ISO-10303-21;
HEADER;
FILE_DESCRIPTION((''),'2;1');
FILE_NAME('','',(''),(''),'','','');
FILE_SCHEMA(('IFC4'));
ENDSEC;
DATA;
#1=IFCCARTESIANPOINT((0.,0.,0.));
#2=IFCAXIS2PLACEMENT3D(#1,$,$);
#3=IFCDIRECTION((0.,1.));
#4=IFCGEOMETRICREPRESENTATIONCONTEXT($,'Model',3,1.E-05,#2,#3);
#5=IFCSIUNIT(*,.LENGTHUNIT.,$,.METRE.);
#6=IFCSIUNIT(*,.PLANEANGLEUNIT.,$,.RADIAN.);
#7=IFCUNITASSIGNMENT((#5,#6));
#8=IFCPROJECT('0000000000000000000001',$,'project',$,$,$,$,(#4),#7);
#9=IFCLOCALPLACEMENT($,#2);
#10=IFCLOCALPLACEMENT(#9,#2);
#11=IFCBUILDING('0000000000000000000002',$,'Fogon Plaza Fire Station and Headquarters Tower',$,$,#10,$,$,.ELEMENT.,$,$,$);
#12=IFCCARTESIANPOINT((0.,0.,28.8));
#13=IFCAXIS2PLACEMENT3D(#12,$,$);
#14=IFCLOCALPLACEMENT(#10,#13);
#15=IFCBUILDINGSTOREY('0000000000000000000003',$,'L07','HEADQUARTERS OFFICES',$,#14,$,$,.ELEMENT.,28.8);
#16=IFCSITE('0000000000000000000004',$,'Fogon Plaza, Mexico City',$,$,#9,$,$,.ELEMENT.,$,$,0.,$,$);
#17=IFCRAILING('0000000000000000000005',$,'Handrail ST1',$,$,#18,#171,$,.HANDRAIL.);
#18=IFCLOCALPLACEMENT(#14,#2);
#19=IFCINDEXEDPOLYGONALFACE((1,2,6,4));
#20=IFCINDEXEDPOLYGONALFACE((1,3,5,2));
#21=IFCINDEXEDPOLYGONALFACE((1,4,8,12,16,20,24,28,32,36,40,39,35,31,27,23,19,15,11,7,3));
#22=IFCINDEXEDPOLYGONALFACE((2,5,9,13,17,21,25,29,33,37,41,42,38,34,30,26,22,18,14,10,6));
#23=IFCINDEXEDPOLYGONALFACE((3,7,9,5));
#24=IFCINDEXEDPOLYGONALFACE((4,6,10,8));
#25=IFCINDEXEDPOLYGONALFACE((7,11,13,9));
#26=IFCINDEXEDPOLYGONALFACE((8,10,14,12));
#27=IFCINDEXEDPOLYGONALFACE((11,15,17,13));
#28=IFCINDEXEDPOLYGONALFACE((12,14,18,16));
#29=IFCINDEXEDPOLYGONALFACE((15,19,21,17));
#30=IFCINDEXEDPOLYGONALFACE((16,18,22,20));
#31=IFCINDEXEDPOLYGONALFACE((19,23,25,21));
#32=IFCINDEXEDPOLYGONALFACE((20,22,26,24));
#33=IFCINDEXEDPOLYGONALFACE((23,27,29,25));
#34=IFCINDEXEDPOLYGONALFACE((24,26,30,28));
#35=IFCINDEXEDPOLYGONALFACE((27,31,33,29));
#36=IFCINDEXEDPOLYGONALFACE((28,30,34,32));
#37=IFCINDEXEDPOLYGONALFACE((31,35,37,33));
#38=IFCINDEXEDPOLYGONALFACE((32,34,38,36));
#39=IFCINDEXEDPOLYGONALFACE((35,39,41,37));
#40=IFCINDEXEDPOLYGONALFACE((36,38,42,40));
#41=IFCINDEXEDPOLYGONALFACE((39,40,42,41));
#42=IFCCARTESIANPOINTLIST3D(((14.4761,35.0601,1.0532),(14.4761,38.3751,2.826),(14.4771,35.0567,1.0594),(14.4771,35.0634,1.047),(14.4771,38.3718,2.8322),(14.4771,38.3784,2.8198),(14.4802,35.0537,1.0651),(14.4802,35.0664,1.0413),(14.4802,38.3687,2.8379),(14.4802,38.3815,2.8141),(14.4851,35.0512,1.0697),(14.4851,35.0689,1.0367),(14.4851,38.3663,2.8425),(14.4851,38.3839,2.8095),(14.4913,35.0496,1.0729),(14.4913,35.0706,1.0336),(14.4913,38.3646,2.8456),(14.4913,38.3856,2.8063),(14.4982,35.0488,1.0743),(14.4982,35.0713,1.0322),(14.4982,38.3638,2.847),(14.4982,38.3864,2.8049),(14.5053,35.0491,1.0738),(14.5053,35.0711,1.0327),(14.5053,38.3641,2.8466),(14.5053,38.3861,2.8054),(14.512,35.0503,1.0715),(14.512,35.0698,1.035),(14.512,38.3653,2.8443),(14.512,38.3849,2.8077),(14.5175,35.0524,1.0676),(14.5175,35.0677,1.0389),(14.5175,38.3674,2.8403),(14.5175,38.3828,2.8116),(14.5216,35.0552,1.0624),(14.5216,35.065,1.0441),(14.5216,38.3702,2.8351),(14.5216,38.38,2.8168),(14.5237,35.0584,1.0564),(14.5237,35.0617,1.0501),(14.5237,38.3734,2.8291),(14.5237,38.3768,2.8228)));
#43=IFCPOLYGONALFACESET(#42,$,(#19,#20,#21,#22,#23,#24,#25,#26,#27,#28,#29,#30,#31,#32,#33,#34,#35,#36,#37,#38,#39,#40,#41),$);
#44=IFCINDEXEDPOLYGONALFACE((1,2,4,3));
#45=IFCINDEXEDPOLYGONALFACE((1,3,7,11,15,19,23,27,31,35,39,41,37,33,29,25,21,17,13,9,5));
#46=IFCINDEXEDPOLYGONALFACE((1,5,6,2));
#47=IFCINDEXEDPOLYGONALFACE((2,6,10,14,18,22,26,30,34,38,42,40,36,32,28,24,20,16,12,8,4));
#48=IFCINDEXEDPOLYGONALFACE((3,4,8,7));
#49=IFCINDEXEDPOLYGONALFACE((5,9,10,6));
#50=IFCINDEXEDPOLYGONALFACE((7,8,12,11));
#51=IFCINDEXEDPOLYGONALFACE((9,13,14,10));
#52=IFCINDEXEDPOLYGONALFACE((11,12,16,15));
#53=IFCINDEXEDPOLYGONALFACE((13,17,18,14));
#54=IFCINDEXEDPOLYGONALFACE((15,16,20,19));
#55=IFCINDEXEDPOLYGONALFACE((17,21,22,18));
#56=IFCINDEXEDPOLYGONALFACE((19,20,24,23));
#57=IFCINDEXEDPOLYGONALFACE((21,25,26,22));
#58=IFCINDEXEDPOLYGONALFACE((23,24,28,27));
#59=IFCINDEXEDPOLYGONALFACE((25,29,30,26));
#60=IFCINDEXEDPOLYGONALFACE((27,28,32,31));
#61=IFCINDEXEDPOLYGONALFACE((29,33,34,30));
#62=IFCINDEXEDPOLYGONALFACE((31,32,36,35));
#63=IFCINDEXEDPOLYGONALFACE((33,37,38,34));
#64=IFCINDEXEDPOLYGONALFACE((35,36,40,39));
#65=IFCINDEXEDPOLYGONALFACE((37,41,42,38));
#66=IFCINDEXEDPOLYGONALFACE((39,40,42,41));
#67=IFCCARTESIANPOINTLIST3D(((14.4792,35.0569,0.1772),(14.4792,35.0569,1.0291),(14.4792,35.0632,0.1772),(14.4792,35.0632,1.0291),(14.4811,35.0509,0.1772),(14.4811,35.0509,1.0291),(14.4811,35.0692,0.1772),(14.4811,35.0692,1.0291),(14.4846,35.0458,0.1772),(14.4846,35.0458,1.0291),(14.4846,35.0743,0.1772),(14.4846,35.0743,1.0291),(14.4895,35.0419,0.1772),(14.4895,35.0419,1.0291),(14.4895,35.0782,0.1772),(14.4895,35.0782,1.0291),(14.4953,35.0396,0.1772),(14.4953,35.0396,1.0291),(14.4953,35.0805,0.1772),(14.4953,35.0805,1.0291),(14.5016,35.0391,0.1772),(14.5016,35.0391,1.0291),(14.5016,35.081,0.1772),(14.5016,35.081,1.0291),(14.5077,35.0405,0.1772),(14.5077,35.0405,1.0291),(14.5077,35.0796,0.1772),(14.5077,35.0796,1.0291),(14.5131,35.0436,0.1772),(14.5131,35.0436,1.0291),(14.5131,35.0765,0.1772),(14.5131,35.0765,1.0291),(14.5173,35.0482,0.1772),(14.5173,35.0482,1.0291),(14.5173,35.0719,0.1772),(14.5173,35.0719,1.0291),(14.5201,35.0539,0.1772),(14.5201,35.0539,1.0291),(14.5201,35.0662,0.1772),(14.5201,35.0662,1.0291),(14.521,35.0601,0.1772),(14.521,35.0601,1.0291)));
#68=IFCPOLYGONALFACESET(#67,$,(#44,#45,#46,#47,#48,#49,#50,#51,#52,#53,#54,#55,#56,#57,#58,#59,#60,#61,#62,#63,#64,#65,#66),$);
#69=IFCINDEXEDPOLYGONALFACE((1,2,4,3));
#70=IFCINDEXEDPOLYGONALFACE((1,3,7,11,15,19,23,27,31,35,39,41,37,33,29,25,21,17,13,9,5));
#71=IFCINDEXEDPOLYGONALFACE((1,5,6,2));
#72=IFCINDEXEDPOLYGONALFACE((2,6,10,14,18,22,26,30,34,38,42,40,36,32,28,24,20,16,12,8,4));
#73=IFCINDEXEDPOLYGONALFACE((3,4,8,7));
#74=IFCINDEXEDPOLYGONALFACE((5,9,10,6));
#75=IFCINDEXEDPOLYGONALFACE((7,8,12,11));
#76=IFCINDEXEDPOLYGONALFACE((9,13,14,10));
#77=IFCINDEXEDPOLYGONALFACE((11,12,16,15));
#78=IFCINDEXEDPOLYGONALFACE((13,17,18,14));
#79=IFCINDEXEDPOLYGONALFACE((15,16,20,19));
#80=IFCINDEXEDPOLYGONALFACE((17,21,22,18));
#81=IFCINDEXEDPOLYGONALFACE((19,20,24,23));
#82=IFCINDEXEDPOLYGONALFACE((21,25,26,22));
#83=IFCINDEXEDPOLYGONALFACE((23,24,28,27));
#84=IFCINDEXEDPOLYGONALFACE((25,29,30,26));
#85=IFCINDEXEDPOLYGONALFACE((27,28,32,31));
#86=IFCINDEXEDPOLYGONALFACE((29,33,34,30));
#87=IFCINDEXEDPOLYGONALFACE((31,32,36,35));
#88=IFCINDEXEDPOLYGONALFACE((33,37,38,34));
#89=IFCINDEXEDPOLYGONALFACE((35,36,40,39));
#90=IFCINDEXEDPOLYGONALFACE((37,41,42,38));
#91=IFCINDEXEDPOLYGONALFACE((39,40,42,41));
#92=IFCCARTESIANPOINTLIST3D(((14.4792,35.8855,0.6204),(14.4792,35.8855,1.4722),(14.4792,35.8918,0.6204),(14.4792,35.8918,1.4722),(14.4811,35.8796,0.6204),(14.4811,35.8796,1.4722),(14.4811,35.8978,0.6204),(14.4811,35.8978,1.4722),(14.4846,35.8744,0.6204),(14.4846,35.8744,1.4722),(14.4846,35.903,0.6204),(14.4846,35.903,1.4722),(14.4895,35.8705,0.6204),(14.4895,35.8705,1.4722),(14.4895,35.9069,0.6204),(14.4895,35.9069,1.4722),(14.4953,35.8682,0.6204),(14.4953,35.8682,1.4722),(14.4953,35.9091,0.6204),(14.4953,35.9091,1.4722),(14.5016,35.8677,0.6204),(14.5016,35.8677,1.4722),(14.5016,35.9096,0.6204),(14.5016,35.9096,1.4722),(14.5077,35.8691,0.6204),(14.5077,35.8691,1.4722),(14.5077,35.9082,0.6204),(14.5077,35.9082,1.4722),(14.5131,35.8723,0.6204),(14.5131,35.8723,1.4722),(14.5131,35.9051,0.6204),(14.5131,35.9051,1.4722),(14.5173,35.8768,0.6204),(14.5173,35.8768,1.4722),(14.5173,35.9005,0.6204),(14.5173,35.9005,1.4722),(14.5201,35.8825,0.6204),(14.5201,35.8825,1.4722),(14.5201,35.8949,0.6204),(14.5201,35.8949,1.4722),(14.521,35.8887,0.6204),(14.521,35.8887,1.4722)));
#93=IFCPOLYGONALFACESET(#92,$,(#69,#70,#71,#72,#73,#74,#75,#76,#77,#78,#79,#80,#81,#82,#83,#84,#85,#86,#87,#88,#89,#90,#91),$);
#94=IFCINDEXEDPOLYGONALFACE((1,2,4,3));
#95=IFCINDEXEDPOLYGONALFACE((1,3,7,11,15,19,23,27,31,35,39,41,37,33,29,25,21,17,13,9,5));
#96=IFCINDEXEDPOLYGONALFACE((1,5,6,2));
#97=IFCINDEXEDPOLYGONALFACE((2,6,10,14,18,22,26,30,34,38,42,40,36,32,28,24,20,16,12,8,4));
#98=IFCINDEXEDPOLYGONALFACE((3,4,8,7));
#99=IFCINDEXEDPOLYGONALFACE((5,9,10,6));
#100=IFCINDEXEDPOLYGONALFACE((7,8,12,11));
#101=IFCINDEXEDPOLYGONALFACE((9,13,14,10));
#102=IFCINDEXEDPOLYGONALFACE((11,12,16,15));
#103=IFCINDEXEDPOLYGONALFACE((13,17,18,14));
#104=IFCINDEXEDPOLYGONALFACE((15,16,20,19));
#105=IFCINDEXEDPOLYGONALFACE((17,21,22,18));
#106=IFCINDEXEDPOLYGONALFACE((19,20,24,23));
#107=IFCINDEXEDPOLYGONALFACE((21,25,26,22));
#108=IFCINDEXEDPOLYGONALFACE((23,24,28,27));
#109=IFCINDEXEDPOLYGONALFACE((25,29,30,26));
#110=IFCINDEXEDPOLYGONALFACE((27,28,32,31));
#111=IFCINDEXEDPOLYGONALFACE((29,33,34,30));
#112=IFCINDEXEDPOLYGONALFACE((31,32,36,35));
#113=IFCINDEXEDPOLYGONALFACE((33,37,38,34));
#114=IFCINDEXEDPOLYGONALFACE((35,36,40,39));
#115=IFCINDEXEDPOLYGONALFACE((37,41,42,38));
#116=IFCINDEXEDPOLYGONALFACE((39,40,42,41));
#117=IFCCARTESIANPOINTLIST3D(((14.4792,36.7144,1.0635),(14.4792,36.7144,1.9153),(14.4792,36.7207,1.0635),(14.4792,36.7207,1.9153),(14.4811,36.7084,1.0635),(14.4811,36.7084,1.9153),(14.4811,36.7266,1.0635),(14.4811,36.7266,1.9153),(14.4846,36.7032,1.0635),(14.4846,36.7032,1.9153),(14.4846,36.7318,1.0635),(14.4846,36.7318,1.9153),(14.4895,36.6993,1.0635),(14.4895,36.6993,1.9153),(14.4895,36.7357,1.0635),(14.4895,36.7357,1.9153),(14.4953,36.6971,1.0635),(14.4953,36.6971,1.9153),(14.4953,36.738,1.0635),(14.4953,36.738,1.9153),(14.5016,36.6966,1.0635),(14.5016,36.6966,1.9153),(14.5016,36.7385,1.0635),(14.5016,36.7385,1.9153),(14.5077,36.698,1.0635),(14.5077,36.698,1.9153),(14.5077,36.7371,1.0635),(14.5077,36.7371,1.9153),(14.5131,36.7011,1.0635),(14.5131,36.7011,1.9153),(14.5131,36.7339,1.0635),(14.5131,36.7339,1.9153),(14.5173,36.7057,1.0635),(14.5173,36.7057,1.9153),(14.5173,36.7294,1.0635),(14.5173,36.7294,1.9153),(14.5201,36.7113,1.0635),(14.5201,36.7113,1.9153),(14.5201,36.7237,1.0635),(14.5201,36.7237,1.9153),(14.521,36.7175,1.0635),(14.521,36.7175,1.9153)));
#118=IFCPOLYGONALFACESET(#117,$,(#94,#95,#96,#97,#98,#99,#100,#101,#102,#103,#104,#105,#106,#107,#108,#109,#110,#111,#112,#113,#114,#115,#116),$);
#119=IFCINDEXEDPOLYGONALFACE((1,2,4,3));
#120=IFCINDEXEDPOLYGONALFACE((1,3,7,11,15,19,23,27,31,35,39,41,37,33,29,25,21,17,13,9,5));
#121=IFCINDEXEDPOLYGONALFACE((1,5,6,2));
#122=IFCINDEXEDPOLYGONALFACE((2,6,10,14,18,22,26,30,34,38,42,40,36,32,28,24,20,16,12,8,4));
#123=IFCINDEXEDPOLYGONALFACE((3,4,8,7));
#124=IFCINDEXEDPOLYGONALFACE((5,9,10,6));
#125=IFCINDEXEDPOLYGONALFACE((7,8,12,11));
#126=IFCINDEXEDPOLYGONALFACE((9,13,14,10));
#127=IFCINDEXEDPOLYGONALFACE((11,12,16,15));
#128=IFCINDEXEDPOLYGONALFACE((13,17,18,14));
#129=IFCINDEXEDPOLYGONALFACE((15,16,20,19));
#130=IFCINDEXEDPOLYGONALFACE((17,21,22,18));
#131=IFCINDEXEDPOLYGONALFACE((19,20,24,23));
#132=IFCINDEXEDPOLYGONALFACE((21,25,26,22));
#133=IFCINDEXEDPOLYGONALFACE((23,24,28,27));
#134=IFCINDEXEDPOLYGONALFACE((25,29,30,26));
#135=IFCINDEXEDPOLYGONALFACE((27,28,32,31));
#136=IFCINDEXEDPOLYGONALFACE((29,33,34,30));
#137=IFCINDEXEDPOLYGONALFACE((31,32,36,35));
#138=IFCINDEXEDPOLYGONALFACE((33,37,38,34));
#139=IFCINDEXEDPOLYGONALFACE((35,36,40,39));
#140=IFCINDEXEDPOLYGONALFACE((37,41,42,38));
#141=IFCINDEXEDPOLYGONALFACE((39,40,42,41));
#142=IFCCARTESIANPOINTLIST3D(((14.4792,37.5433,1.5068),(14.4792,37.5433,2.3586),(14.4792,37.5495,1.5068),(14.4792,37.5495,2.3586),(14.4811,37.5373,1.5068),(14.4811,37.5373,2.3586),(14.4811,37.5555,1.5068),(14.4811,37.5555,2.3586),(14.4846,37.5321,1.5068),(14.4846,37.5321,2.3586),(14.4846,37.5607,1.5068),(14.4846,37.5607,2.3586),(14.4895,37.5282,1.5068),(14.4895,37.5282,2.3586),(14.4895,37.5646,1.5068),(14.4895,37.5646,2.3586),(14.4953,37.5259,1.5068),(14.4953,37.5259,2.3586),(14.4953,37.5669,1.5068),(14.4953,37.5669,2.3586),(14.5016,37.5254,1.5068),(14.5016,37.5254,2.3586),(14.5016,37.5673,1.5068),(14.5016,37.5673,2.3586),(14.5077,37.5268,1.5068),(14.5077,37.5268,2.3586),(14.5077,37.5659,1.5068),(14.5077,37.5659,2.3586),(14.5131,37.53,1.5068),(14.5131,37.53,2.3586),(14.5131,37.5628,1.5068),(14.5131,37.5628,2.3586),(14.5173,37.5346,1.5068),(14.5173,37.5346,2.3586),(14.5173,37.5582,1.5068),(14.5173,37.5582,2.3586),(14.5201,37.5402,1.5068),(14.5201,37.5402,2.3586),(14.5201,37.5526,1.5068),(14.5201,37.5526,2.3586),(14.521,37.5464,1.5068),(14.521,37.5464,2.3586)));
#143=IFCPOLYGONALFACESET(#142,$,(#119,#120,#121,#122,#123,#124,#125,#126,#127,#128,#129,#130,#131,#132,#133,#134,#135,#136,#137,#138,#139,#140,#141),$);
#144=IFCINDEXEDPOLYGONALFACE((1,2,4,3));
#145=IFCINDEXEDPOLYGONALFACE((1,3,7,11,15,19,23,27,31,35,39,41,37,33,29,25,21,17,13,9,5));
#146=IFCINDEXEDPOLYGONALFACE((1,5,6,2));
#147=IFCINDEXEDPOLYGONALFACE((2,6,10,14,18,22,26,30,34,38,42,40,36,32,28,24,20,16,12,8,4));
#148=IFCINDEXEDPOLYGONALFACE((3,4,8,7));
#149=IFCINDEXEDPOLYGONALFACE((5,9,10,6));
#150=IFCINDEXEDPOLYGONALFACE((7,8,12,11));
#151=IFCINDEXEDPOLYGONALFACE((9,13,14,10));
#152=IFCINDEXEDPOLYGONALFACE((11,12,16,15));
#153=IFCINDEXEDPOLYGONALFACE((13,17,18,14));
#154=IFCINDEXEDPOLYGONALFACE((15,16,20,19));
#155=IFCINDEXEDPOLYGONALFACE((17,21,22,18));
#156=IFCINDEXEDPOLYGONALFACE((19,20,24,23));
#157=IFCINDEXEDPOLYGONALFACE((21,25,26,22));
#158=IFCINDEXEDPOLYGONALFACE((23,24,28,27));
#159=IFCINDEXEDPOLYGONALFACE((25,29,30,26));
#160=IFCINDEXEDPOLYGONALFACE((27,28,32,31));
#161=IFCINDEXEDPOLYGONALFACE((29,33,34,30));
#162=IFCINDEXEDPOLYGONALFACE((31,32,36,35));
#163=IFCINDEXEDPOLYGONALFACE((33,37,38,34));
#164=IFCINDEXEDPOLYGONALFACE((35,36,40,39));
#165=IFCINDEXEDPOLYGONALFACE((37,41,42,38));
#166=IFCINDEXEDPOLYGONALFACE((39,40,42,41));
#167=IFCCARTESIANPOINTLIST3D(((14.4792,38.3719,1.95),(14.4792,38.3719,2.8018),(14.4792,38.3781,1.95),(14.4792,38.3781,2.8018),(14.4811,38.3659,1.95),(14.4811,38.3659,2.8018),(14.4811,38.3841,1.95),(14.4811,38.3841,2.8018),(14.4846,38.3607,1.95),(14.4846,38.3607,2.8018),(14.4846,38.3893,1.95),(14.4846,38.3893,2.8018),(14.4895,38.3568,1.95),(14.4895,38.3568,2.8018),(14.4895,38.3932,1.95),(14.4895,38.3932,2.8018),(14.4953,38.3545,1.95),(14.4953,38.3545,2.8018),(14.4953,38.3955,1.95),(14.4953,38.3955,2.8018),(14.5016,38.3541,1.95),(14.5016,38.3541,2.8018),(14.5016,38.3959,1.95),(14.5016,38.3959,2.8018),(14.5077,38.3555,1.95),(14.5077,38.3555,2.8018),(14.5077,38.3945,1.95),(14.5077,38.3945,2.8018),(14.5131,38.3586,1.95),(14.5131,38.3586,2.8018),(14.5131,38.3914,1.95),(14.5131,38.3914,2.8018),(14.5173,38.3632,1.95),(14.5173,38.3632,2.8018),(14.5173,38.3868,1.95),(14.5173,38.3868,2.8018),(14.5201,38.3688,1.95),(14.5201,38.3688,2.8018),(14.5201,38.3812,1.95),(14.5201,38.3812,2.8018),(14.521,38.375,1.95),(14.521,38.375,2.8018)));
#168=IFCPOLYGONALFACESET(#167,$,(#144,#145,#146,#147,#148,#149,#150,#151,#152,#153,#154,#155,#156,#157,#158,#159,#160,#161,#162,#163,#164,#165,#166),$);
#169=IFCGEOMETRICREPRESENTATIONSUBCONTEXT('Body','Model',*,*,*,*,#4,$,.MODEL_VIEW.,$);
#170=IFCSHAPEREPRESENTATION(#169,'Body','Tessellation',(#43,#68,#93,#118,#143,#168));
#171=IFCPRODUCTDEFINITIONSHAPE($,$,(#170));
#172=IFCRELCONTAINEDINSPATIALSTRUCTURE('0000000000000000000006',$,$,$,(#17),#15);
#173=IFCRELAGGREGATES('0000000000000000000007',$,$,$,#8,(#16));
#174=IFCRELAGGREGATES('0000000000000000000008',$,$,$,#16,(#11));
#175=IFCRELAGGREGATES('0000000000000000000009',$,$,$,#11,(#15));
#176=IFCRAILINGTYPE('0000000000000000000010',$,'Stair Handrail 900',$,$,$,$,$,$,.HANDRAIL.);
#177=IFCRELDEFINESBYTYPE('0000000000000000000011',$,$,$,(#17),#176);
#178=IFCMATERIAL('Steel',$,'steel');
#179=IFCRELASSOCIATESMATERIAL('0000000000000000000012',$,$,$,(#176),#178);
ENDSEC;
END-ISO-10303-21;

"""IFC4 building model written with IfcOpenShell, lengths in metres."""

from ifc_helpers import new_model, si_unit, direction, frame, origin, origin_2d, place, context, subcontext, project, spatial, circle, extrude, material, type_object, element, save


model = new_model("IFC4")

# Units and contexts
model_context = context("Model", 3, precision=1e-05, world=origin(), true_north=direction((0.0, 1.0)))
body_context = subcontext(model_context, "Body", "Model", "MODEL_VIEW")
ifc_project = project(units=[si_unit("LENGTHUNIT", "METRE"), si_unit("PLANEANGLEUNIT", "RADIAN")], contexts=[model_context])

# Site, building, storey
site_placement = place(None, origin())
site = spatial("IfcSite", under=ifc_project, at=site_placement, Name="Fogon Plaza, Mexico City", CompositionType="ELEMENT", RefElevation=0.0)
building_placement = place(site_placement, origin())
building = spatial("IfcBuilding", under=site, at=building_placement, Name="Fogon Plaza Fire Station and Headquarters Tower", CompositionType="ELEMENT")
storey_placement = place(building_placement, frame((0.0, 0.0, 28.8)))
storey = spatial("IfcBuildingStorey", under=building, at=storey_placement, Name="L07", Description="HEADQUARTERS OFFICES", CompositionType="ELEMENT", Elevation=28.8)

# Railing
ifc_material_1 = material(Name="Steel", Category="steel")
railing_type = type_object("IfcRailingType", Name="Stair Handrail 900", PredefinedType="HANDRAIL", material=ifc_material_1)
for number, where, name in (
    (1, (14.5, 35.0601, 0.1772), "Handrail ST1"),
):
    element("IfcRailing", number, at=place(storey_placement, frame(where)), inside=storey, type_object=railing_type, Name=name, PredefinedType="HANDRAIL", context=body_context, shape_type="SweptSolid", body=[
        extrude(circle(Radius=0.0239, at=origin_2d()), frame((0.0, 0.0, 0.876), z_axis=(0.0, 0.881829, 0.471569), x_axis=(-1.0, 0.0, 0.0)), (0.0, 0.0, 1.0), 3.7593),
        extrude(circle(Radius=0.021, at=origin_2d()), origin(), (0.0, 0.0, 1.0), 0.8518),
        extrude(circle(Radius=0.021, at=origin_2d()), frame((0.0, 0.8286, 0.4431)), (0.0, 0.0, 1.0), 0.8518),
        extrude(circle(Radius=0.021, at=origin_2d()), frame((0.0, 1.6575, 0.8862)), (0.0, 0.0, 1.0), 0.8518),
        extrude(circle(Radius=0.021, at=origin_2d()), frame((0.0, 2.4863, 1.3296)), (0.0, 0.0, 1.0), 0.8518),
        extrude(circle(Radius=0.021, at=origin_2d()), frame((0.0, 3.3149, 1.7727)), (0.0, 0.0, 1.0), 0.8518),
    ])

save(model, "model.ifc")
